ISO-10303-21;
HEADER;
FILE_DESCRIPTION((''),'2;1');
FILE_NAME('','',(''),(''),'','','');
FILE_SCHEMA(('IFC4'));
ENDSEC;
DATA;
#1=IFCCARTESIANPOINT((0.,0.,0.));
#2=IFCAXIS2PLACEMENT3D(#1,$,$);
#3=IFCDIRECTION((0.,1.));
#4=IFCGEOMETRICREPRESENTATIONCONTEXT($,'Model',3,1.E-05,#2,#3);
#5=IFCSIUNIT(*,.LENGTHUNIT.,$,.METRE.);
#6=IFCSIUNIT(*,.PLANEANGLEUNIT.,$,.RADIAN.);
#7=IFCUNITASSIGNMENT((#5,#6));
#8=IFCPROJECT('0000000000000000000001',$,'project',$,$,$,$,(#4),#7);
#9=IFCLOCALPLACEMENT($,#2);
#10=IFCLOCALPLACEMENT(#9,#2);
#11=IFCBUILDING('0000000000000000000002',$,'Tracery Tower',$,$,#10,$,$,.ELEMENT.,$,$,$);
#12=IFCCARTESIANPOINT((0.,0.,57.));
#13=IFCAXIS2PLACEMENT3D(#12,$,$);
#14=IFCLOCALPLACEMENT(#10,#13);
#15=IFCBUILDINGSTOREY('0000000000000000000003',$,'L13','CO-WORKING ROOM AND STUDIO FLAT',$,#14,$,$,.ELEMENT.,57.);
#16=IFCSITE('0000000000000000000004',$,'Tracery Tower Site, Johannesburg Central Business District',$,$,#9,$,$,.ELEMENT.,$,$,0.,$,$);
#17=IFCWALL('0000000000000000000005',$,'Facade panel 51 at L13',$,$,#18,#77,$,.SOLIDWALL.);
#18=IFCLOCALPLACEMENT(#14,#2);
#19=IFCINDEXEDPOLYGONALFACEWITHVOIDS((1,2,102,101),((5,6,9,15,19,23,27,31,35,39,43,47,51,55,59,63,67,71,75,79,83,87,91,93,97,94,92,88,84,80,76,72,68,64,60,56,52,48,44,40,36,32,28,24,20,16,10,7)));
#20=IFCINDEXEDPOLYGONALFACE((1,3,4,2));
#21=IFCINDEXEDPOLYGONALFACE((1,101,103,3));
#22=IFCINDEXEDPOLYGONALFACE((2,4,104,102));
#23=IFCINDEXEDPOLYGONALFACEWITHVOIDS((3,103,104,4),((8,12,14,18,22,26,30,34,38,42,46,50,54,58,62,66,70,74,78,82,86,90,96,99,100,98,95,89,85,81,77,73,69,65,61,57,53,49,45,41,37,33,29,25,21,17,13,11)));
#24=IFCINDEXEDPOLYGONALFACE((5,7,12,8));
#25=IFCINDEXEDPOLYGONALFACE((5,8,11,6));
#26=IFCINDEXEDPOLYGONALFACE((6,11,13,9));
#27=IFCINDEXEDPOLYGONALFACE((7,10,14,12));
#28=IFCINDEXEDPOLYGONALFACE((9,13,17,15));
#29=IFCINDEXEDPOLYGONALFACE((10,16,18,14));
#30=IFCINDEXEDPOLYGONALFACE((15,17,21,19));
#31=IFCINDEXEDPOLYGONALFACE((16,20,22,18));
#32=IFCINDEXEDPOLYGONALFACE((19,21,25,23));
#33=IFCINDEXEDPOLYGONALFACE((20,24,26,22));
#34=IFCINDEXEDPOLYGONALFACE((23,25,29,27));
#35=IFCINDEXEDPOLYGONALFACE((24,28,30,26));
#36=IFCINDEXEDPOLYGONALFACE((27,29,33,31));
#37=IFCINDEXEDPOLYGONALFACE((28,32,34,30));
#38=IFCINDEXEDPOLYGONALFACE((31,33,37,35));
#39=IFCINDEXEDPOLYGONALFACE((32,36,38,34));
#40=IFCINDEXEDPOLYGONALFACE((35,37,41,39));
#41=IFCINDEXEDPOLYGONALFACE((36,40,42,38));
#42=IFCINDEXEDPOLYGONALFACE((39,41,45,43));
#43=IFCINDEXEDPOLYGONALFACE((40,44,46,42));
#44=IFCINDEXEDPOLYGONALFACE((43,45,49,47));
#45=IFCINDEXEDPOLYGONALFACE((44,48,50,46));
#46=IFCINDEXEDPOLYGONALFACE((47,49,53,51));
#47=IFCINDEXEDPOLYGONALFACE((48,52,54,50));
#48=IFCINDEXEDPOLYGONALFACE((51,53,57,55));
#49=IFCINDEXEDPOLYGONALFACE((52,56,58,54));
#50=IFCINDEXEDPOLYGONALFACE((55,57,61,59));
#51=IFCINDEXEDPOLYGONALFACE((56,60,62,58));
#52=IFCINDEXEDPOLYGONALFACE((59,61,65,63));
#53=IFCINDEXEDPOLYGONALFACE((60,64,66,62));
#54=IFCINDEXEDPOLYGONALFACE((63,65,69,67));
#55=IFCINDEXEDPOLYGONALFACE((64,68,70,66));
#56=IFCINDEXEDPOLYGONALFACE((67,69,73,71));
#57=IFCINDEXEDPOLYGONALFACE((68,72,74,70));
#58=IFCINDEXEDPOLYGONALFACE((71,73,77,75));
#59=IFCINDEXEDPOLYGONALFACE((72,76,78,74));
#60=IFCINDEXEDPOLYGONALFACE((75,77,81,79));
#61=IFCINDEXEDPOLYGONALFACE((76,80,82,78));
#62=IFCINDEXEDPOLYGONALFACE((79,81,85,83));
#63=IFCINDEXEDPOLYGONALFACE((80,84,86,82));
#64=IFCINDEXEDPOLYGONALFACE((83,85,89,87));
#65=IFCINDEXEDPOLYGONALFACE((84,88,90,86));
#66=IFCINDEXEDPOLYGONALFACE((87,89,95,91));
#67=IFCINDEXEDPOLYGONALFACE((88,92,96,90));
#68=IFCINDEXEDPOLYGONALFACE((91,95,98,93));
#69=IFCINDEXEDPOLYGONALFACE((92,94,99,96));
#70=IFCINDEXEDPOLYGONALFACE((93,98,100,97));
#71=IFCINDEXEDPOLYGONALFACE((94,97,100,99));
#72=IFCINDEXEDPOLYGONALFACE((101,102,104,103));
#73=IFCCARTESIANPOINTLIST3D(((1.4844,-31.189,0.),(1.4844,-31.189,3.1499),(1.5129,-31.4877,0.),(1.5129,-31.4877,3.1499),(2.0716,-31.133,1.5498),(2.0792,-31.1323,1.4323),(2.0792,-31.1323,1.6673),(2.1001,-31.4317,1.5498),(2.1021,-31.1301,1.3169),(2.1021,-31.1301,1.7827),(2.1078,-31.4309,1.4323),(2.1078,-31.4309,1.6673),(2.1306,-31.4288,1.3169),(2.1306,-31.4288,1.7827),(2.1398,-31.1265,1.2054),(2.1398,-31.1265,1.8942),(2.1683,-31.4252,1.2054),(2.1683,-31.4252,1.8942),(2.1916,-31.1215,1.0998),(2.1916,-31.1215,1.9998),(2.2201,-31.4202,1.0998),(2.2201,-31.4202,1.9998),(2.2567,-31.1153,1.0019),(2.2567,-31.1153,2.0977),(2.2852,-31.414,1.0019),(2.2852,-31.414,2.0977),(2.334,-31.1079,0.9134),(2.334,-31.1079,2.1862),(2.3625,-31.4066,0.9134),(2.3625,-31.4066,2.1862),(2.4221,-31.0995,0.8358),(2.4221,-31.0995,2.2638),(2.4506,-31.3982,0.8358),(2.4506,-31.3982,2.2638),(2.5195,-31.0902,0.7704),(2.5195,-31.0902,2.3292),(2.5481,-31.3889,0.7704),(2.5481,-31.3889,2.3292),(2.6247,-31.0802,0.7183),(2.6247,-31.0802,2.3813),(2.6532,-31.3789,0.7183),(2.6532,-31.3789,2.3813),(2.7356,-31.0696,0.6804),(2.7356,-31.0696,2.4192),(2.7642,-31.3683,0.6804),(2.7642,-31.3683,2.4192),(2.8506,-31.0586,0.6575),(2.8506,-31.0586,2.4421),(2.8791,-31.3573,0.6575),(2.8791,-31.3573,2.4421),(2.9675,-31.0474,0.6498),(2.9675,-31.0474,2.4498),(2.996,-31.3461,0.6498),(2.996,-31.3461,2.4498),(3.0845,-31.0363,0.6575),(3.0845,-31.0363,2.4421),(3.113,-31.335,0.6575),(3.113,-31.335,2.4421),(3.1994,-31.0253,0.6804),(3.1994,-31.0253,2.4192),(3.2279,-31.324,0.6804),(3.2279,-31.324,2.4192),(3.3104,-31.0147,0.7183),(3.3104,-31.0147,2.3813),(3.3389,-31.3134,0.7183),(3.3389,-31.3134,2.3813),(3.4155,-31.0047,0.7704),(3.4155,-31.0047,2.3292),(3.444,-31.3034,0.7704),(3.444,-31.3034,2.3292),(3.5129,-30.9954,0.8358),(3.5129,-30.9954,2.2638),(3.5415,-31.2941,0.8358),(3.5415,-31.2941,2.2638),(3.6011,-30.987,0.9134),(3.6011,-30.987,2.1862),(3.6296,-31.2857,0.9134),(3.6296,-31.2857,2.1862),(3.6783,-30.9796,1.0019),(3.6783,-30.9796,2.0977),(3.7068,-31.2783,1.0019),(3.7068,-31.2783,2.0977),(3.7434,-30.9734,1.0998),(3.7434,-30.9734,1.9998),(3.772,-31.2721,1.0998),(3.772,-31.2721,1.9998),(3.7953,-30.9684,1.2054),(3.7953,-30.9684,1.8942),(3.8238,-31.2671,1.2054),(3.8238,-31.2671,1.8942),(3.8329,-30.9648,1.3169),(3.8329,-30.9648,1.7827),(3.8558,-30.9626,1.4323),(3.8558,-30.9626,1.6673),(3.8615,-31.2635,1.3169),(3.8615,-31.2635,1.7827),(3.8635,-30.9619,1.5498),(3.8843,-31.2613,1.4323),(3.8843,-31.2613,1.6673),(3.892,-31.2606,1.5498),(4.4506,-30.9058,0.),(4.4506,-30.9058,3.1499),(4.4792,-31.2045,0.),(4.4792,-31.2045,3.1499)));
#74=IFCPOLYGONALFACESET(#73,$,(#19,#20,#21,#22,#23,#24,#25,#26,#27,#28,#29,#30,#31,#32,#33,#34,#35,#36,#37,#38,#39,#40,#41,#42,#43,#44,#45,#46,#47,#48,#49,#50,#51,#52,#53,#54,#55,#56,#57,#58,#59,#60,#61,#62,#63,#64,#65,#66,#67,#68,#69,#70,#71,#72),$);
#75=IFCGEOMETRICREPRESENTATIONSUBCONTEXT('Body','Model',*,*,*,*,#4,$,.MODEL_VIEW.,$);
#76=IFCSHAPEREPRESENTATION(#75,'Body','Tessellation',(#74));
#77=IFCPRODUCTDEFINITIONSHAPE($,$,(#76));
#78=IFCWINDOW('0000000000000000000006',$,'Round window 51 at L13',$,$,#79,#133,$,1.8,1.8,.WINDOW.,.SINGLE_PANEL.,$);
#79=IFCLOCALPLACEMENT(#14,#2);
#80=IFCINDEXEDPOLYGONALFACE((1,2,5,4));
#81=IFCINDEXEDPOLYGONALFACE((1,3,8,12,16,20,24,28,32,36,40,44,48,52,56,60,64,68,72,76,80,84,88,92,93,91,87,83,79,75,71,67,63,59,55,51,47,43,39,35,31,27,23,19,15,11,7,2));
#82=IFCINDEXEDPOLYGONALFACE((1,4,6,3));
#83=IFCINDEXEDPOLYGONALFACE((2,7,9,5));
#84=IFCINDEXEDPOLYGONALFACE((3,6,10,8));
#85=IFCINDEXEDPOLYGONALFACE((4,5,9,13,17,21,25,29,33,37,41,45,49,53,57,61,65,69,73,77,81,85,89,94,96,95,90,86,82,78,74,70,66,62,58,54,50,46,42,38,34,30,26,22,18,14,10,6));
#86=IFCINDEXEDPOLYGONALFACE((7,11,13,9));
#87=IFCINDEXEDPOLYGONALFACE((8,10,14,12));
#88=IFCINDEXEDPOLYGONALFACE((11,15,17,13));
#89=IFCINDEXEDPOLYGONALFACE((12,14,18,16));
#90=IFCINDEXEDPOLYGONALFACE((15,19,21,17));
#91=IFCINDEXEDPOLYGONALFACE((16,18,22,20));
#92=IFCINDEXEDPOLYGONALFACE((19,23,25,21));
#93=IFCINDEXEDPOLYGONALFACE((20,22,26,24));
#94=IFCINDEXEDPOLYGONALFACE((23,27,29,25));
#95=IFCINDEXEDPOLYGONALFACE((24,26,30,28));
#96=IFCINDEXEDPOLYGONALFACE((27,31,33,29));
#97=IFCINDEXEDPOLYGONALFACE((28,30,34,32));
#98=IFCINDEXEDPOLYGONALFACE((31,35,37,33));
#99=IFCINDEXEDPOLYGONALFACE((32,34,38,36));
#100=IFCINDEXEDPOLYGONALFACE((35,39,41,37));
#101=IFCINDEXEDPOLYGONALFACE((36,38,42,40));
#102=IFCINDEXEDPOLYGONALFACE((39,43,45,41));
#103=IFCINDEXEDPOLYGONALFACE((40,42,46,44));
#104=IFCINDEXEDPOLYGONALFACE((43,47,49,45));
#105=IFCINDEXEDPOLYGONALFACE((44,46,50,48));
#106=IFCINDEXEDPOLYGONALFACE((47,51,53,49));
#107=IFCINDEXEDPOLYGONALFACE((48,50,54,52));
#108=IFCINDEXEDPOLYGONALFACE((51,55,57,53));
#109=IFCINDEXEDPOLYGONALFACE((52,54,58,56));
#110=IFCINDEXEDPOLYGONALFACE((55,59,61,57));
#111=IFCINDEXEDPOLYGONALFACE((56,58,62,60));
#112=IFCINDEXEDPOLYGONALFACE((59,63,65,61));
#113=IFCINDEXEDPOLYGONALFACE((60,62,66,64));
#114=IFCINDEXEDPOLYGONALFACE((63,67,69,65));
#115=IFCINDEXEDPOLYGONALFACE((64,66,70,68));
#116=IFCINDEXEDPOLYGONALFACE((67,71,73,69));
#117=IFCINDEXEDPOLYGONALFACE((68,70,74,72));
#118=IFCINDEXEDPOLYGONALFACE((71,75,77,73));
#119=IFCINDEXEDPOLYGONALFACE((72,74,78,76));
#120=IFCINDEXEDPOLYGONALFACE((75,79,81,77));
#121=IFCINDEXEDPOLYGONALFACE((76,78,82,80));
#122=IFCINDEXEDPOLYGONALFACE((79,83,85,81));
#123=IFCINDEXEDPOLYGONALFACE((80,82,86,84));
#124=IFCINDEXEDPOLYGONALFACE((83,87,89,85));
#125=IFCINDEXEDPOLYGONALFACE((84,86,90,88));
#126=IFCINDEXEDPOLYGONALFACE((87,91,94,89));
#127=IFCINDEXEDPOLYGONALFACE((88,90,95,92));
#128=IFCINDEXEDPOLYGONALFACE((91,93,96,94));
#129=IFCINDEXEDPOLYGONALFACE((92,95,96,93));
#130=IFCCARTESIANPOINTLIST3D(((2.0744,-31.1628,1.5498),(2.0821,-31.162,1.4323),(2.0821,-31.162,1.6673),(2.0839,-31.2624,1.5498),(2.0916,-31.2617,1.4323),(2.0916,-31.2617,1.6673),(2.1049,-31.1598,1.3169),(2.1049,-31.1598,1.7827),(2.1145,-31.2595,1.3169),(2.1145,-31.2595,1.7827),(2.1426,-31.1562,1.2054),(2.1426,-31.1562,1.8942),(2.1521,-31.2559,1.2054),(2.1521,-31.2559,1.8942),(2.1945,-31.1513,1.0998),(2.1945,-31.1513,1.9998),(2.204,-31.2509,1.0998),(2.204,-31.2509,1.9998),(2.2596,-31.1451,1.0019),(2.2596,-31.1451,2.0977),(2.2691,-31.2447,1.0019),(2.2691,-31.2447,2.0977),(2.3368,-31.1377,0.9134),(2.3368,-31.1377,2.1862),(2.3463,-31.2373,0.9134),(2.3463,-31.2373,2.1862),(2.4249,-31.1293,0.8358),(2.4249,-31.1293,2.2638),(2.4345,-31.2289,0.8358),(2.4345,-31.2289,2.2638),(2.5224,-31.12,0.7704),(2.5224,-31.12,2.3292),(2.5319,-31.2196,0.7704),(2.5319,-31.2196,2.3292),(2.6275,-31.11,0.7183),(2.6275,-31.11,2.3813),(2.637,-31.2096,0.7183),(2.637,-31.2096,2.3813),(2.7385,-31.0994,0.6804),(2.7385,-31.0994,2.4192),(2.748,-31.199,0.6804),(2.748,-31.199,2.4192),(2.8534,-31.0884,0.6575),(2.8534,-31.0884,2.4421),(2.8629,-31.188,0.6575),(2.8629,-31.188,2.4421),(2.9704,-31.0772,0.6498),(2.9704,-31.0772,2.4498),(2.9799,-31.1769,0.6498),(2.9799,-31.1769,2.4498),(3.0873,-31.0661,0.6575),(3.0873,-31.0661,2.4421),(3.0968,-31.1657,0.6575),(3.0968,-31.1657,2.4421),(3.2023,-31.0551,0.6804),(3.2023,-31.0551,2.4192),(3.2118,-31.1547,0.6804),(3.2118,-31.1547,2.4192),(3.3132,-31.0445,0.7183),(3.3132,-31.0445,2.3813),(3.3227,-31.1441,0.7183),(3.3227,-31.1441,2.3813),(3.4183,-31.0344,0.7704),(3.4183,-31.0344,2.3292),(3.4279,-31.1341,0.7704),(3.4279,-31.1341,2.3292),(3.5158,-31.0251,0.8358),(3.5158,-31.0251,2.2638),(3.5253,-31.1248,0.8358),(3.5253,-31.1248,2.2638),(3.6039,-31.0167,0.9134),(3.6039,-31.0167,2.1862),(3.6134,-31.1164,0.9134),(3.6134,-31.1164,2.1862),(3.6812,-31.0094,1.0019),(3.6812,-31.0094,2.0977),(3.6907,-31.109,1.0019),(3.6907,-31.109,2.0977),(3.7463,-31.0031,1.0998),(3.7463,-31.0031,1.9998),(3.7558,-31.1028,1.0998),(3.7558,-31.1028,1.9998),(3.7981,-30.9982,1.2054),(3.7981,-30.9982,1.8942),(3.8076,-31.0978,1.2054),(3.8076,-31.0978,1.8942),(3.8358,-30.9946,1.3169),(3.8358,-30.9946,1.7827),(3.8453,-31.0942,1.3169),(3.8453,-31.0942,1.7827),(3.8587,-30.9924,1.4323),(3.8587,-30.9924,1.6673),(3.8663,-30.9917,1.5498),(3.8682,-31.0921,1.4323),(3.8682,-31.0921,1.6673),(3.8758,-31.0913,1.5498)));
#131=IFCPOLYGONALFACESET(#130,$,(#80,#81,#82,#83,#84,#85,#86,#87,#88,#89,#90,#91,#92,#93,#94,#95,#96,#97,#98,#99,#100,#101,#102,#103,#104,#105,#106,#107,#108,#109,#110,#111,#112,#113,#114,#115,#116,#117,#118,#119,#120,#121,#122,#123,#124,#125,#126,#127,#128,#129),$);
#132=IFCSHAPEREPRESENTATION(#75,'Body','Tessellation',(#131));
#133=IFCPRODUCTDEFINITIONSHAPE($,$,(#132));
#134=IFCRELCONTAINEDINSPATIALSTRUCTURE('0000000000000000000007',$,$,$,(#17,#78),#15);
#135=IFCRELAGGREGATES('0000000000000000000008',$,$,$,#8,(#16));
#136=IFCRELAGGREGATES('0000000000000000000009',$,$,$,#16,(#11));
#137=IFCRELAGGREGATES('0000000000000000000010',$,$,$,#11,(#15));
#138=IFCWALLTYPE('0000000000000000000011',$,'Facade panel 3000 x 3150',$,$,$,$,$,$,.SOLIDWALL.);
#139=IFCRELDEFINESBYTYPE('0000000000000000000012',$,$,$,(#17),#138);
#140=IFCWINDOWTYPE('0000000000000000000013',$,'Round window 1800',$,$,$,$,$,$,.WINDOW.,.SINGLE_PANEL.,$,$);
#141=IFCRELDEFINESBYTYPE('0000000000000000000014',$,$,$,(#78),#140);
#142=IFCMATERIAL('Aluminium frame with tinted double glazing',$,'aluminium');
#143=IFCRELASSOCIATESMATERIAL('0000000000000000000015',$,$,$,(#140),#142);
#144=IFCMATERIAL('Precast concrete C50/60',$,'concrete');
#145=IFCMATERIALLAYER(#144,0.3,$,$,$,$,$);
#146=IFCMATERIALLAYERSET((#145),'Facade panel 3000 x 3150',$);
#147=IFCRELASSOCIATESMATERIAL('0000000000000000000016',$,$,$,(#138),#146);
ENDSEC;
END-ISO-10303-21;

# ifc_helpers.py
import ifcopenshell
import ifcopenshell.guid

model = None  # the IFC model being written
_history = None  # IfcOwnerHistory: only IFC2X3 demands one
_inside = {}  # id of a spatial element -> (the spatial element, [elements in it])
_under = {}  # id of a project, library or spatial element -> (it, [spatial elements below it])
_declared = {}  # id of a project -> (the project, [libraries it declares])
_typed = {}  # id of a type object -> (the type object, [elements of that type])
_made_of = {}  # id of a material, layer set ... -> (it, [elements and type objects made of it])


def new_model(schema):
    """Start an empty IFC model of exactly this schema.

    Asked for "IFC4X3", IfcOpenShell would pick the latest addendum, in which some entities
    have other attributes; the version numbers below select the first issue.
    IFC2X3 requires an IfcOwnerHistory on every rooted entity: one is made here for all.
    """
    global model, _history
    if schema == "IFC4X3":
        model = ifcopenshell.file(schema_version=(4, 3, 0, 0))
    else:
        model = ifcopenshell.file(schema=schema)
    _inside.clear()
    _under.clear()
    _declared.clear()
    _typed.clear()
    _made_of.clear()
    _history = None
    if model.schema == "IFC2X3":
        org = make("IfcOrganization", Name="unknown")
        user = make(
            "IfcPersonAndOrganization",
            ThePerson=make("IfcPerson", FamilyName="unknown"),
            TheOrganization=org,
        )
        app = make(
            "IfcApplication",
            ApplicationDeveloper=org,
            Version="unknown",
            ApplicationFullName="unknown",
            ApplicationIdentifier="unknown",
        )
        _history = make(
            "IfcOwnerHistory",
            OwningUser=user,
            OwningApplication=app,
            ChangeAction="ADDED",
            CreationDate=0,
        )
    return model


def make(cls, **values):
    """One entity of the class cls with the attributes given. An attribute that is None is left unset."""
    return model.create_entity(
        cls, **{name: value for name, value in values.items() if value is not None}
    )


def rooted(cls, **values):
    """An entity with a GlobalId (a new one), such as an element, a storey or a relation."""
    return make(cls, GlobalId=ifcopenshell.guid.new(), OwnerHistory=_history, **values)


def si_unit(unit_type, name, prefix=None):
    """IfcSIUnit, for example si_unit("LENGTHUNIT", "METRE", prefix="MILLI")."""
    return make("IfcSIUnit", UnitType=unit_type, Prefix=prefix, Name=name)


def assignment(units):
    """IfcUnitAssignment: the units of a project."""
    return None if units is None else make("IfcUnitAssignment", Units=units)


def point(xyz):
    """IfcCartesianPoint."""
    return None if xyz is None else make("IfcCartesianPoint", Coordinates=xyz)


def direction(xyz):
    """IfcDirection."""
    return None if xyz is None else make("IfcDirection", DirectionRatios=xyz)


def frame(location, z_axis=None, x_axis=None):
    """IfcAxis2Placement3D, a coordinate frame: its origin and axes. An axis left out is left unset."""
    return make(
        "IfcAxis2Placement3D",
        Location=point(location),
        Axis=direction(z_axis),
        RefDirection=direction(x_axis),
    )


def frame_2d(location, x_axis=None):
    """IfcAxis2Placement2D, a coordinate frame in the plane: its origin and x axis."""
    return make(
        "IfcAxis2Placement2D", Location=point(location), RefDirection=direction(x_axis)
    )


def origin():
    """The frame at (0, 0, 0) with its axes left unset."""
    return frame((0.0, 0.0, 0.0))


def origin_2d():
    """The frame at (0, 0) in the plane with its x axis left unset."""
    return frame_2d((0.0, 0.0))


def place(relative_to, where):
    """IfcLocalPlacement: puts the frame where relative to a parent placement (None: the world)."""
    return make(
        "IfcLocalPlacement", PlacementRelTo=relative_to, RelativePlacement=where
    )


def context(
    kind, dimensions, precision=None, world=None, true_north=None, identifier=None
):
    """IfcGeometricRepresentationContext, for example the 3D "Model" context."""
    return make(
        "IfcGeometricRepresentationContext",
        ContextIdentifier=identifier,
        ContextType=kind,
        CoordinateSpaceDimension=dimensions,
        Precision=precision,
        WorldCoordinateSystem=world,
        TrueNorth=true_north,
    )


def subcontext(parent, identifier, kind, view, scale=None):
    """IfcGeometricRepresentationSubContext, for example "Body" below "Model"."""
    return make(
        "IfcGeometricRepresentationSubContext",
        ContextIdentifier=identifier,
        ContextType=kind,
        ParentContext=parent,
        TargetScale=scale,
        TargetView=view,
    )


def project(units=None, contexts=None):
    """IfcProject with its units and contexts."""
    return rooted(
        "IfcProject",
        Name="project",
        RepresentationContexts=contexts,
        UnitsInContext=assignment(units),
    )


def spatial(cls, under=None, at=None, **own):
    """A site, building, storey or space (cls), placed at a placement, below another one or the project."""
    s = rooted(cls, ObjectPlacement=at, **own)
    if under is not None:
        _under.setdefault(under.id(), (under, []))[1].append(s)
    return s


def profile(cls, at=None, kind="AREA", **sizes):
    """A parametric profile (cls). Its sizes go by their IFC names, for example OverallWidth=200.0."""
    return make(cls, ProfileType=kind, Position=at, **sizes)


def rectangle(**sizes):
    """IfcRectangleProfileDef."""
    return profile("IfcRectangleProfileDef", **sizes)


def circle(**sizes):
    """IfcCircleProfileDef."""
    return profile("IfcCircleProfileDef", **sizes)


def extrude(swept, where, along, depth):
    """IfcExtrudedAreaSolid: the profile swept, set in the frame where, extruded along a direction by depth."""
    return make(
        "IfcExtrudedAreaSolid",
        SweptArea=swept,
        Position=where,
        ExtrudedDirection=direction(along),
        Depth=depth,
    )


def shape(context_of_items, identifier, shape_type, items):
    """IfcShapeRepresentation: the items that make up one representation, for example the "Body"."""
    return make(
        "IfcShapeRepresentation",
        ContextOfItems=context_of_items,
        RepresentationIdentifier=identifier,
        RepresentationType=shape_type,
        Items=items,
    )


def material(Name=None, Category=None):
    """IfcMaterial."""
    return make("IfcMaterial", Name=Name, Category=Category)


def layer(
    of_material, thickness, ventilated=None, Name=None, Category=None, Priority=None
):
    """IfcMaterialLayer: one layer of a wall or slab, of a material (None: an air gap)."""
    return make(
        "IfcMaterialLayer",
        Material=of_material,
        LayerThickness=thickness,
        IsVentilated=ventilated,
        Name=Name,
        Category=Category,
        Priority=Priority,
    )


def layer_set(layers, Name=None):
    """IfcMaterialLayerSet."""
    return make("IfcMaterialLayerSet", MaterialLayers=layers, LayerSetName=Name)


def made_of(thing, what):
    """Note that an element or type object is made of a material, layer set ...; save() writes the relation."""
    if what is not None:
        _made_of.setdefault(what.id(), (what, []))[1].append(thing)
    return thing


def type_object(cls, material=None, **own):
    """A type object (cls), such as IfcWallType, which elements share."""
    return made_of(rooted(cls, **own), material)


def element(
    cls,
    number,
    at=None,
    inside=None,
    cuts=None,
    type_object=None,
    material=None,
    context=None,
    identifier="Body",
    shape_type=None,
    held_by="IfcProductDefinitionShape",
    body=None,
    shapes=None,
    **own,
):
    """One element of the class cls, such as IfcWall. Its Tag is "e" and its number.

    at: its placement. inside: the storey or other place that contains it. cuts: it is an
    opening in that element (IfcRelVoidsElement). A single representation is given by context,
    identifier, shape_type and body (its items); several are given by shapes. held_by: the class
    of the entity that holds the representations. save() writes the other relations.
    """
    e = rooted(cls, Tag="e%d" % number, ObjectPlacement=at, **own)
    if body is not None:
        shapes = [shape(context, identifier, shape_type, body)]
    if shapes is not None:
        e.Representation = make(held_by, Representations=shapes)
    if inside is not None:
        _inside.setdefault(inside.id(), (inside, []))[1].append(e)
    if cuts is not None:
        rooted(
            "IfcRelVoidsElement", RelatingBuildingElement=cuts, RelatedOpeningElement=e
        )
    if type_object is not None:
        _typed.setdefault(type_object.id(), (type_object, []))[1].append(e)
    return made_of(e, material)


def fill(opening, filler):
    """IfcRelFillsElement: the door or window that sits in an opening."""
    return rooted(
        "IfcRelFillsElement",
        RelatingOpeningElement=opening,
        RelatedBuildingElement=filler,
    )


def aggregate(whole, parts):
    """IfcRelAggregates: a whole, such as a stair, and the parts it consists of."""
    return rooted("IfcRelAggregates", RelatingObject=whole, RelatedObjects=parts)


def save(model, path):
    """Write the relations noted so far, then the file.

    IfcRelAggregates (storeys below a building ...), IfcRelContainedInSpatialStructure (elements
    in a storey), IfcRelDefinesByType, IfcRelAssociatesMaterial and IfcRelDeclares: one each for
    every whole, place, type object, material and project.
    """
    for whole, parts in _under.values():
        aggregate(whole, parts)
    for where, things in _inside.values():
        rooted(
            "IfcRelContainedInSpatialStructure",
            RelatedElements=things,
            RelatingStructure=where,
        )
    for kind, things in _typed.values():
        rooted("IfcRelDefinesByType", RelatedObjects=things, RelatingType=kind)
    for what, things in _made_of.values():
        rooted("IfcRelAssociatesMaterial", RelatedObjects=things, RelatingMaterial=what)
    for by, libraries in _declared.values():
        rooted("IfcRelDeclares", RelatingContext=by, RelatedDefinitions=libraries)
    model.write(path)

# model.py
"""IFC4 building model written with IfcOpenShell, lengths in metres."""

from ifc_helpers import new_model, si_unit, direction, frame, frame_2d, origin, origin_2d, place, context, subcontext, project, spatial, rectangle, circle, extrude, material, layer, layer_set, type_object, element, fill, save


model = new_model("IFC4")

# Units and contexts
model_context = context("Model", 3, precision=1e-05, world=origin(), true_north=direction((0.0, 1.0)))
body_context = subcontext(model_context, "Body", "Model", "MODEL_VIEW")
ifc_project = project(units=[si_unit("LENGTHUNIT", "METRE"), si_unit("PLANEANGLEUNIT", "RADIAN")], contexts=[model_context])

# Site, building, storey
site_placement = place(None, origin())
site = spatial("IfcSite", under=ifc_project, at=site_placement, Name="Tracery Tower Site, Johannesburg Central Business District", CompositionType="ELEMENT", RefElevation=0.0)
building_placement = place(site_placement, origin())
building = spatial("IfcBuilding", under=site, at=building_placement, Name="Tracery Tower", CompositionType="ELEMENT")
storey_placement = place(building_placement, frame((0.0, 0.0, 57.0)))
storey = spatial("IfcBuildingStorey", under=building, at=storey_placement, Name="L13", Description="CO-WORKING ROOM AND STUDIO FLAT", CompositionType="ELEMENT", Elevation=57.0)

# Wall, opening, window
ifc_material_1 = material(Name="Aluminium frame with tinted double glazing", Category="aluminium")
window_type = type_object("IfcWindowType", Name="Round window 1800", PartitioningType="SINGLE_PANEL", PredefinedType="WINDOW", material=ifc_material_1)
ifc_material_2 = material(Name="Precast concrete C50/60", Category="concrete")
ifc_layer_1 = layer(ifc_material_2, 0.3)
ifc_layer_set_1 = layer_set([ifc_layer_1], Name="Facade panel 3000 x 3150")
wall_type_1 = type_object("IfcWallType", Name="Facade panel 3000 x 3150", PredefinedType="SOLIDWALL", material=ifc_layer_set_1)
wall_1_placement = place(storey_placement, frame((1.4988, -31.3384, 0.0), z_axis=(0.0, 0.0, 1.0), x_axis=(0.995473, 0.095041, 0.0)))
wall_1 = element("IfcWall", 1, at=wall_1_placement, inside=storey, type_object=wall_type_1, Name="Facade panel 51 at L13", PredefinedType="SOLIDWALL", context=body_context, shape_type="SweptSolid", body=[
    extrude(rectangle(XDim=2.9797, YDim=0.3, at=frame_2d((1.4897, 0.0))), origin(), (0.0, 0.0, 1.0), 3.1499),
])
opening_1_placement = place(wall_1_placement, frame((1.4897, 0.0, 1.5498)))
opening_1 = element("IfcOpeningElement", 2, at=opening_1_placement, cuts=wall_1, PredefinedType="OPENING", context=body_context, shape_type="SweptSolid", body=[
    extrude(circle(Radius=0.9, at=origin_2d()), frame((0.0, 0.1599, 0.0), z_axis=(0.0, -1.0, 0.0), x_axis=(1.0, 0.0, 0.0)), (0.0, 0.0, 1.0), 0.3201),
])
window_1_placement = place(opening_1_placement, origin())
window_1 = element("IfcWindow", 3, at=window_1_placement, inside=storey, type_object=window_type, Name="Round window 51 at L13", OverallHeight=1.8, OverallWidth=1.8, PartitioningType="SINGLE_PANEL", PredefinedType="WINDOW", context=body_context, shape_type="SweptSolid", body=[
    extrude(circle(Radius=0.9, at=origin_2d()), frame((0.0, 0.1201, 0.0), z_axis=(0.0, -1.0, 0.0), x_axis=(1.0, 0.0, 0.0)), (0.0, 0.0, 1.0), 0.1001),
])
fill(opening_1, window_1)

save(model, "model.ifc")
